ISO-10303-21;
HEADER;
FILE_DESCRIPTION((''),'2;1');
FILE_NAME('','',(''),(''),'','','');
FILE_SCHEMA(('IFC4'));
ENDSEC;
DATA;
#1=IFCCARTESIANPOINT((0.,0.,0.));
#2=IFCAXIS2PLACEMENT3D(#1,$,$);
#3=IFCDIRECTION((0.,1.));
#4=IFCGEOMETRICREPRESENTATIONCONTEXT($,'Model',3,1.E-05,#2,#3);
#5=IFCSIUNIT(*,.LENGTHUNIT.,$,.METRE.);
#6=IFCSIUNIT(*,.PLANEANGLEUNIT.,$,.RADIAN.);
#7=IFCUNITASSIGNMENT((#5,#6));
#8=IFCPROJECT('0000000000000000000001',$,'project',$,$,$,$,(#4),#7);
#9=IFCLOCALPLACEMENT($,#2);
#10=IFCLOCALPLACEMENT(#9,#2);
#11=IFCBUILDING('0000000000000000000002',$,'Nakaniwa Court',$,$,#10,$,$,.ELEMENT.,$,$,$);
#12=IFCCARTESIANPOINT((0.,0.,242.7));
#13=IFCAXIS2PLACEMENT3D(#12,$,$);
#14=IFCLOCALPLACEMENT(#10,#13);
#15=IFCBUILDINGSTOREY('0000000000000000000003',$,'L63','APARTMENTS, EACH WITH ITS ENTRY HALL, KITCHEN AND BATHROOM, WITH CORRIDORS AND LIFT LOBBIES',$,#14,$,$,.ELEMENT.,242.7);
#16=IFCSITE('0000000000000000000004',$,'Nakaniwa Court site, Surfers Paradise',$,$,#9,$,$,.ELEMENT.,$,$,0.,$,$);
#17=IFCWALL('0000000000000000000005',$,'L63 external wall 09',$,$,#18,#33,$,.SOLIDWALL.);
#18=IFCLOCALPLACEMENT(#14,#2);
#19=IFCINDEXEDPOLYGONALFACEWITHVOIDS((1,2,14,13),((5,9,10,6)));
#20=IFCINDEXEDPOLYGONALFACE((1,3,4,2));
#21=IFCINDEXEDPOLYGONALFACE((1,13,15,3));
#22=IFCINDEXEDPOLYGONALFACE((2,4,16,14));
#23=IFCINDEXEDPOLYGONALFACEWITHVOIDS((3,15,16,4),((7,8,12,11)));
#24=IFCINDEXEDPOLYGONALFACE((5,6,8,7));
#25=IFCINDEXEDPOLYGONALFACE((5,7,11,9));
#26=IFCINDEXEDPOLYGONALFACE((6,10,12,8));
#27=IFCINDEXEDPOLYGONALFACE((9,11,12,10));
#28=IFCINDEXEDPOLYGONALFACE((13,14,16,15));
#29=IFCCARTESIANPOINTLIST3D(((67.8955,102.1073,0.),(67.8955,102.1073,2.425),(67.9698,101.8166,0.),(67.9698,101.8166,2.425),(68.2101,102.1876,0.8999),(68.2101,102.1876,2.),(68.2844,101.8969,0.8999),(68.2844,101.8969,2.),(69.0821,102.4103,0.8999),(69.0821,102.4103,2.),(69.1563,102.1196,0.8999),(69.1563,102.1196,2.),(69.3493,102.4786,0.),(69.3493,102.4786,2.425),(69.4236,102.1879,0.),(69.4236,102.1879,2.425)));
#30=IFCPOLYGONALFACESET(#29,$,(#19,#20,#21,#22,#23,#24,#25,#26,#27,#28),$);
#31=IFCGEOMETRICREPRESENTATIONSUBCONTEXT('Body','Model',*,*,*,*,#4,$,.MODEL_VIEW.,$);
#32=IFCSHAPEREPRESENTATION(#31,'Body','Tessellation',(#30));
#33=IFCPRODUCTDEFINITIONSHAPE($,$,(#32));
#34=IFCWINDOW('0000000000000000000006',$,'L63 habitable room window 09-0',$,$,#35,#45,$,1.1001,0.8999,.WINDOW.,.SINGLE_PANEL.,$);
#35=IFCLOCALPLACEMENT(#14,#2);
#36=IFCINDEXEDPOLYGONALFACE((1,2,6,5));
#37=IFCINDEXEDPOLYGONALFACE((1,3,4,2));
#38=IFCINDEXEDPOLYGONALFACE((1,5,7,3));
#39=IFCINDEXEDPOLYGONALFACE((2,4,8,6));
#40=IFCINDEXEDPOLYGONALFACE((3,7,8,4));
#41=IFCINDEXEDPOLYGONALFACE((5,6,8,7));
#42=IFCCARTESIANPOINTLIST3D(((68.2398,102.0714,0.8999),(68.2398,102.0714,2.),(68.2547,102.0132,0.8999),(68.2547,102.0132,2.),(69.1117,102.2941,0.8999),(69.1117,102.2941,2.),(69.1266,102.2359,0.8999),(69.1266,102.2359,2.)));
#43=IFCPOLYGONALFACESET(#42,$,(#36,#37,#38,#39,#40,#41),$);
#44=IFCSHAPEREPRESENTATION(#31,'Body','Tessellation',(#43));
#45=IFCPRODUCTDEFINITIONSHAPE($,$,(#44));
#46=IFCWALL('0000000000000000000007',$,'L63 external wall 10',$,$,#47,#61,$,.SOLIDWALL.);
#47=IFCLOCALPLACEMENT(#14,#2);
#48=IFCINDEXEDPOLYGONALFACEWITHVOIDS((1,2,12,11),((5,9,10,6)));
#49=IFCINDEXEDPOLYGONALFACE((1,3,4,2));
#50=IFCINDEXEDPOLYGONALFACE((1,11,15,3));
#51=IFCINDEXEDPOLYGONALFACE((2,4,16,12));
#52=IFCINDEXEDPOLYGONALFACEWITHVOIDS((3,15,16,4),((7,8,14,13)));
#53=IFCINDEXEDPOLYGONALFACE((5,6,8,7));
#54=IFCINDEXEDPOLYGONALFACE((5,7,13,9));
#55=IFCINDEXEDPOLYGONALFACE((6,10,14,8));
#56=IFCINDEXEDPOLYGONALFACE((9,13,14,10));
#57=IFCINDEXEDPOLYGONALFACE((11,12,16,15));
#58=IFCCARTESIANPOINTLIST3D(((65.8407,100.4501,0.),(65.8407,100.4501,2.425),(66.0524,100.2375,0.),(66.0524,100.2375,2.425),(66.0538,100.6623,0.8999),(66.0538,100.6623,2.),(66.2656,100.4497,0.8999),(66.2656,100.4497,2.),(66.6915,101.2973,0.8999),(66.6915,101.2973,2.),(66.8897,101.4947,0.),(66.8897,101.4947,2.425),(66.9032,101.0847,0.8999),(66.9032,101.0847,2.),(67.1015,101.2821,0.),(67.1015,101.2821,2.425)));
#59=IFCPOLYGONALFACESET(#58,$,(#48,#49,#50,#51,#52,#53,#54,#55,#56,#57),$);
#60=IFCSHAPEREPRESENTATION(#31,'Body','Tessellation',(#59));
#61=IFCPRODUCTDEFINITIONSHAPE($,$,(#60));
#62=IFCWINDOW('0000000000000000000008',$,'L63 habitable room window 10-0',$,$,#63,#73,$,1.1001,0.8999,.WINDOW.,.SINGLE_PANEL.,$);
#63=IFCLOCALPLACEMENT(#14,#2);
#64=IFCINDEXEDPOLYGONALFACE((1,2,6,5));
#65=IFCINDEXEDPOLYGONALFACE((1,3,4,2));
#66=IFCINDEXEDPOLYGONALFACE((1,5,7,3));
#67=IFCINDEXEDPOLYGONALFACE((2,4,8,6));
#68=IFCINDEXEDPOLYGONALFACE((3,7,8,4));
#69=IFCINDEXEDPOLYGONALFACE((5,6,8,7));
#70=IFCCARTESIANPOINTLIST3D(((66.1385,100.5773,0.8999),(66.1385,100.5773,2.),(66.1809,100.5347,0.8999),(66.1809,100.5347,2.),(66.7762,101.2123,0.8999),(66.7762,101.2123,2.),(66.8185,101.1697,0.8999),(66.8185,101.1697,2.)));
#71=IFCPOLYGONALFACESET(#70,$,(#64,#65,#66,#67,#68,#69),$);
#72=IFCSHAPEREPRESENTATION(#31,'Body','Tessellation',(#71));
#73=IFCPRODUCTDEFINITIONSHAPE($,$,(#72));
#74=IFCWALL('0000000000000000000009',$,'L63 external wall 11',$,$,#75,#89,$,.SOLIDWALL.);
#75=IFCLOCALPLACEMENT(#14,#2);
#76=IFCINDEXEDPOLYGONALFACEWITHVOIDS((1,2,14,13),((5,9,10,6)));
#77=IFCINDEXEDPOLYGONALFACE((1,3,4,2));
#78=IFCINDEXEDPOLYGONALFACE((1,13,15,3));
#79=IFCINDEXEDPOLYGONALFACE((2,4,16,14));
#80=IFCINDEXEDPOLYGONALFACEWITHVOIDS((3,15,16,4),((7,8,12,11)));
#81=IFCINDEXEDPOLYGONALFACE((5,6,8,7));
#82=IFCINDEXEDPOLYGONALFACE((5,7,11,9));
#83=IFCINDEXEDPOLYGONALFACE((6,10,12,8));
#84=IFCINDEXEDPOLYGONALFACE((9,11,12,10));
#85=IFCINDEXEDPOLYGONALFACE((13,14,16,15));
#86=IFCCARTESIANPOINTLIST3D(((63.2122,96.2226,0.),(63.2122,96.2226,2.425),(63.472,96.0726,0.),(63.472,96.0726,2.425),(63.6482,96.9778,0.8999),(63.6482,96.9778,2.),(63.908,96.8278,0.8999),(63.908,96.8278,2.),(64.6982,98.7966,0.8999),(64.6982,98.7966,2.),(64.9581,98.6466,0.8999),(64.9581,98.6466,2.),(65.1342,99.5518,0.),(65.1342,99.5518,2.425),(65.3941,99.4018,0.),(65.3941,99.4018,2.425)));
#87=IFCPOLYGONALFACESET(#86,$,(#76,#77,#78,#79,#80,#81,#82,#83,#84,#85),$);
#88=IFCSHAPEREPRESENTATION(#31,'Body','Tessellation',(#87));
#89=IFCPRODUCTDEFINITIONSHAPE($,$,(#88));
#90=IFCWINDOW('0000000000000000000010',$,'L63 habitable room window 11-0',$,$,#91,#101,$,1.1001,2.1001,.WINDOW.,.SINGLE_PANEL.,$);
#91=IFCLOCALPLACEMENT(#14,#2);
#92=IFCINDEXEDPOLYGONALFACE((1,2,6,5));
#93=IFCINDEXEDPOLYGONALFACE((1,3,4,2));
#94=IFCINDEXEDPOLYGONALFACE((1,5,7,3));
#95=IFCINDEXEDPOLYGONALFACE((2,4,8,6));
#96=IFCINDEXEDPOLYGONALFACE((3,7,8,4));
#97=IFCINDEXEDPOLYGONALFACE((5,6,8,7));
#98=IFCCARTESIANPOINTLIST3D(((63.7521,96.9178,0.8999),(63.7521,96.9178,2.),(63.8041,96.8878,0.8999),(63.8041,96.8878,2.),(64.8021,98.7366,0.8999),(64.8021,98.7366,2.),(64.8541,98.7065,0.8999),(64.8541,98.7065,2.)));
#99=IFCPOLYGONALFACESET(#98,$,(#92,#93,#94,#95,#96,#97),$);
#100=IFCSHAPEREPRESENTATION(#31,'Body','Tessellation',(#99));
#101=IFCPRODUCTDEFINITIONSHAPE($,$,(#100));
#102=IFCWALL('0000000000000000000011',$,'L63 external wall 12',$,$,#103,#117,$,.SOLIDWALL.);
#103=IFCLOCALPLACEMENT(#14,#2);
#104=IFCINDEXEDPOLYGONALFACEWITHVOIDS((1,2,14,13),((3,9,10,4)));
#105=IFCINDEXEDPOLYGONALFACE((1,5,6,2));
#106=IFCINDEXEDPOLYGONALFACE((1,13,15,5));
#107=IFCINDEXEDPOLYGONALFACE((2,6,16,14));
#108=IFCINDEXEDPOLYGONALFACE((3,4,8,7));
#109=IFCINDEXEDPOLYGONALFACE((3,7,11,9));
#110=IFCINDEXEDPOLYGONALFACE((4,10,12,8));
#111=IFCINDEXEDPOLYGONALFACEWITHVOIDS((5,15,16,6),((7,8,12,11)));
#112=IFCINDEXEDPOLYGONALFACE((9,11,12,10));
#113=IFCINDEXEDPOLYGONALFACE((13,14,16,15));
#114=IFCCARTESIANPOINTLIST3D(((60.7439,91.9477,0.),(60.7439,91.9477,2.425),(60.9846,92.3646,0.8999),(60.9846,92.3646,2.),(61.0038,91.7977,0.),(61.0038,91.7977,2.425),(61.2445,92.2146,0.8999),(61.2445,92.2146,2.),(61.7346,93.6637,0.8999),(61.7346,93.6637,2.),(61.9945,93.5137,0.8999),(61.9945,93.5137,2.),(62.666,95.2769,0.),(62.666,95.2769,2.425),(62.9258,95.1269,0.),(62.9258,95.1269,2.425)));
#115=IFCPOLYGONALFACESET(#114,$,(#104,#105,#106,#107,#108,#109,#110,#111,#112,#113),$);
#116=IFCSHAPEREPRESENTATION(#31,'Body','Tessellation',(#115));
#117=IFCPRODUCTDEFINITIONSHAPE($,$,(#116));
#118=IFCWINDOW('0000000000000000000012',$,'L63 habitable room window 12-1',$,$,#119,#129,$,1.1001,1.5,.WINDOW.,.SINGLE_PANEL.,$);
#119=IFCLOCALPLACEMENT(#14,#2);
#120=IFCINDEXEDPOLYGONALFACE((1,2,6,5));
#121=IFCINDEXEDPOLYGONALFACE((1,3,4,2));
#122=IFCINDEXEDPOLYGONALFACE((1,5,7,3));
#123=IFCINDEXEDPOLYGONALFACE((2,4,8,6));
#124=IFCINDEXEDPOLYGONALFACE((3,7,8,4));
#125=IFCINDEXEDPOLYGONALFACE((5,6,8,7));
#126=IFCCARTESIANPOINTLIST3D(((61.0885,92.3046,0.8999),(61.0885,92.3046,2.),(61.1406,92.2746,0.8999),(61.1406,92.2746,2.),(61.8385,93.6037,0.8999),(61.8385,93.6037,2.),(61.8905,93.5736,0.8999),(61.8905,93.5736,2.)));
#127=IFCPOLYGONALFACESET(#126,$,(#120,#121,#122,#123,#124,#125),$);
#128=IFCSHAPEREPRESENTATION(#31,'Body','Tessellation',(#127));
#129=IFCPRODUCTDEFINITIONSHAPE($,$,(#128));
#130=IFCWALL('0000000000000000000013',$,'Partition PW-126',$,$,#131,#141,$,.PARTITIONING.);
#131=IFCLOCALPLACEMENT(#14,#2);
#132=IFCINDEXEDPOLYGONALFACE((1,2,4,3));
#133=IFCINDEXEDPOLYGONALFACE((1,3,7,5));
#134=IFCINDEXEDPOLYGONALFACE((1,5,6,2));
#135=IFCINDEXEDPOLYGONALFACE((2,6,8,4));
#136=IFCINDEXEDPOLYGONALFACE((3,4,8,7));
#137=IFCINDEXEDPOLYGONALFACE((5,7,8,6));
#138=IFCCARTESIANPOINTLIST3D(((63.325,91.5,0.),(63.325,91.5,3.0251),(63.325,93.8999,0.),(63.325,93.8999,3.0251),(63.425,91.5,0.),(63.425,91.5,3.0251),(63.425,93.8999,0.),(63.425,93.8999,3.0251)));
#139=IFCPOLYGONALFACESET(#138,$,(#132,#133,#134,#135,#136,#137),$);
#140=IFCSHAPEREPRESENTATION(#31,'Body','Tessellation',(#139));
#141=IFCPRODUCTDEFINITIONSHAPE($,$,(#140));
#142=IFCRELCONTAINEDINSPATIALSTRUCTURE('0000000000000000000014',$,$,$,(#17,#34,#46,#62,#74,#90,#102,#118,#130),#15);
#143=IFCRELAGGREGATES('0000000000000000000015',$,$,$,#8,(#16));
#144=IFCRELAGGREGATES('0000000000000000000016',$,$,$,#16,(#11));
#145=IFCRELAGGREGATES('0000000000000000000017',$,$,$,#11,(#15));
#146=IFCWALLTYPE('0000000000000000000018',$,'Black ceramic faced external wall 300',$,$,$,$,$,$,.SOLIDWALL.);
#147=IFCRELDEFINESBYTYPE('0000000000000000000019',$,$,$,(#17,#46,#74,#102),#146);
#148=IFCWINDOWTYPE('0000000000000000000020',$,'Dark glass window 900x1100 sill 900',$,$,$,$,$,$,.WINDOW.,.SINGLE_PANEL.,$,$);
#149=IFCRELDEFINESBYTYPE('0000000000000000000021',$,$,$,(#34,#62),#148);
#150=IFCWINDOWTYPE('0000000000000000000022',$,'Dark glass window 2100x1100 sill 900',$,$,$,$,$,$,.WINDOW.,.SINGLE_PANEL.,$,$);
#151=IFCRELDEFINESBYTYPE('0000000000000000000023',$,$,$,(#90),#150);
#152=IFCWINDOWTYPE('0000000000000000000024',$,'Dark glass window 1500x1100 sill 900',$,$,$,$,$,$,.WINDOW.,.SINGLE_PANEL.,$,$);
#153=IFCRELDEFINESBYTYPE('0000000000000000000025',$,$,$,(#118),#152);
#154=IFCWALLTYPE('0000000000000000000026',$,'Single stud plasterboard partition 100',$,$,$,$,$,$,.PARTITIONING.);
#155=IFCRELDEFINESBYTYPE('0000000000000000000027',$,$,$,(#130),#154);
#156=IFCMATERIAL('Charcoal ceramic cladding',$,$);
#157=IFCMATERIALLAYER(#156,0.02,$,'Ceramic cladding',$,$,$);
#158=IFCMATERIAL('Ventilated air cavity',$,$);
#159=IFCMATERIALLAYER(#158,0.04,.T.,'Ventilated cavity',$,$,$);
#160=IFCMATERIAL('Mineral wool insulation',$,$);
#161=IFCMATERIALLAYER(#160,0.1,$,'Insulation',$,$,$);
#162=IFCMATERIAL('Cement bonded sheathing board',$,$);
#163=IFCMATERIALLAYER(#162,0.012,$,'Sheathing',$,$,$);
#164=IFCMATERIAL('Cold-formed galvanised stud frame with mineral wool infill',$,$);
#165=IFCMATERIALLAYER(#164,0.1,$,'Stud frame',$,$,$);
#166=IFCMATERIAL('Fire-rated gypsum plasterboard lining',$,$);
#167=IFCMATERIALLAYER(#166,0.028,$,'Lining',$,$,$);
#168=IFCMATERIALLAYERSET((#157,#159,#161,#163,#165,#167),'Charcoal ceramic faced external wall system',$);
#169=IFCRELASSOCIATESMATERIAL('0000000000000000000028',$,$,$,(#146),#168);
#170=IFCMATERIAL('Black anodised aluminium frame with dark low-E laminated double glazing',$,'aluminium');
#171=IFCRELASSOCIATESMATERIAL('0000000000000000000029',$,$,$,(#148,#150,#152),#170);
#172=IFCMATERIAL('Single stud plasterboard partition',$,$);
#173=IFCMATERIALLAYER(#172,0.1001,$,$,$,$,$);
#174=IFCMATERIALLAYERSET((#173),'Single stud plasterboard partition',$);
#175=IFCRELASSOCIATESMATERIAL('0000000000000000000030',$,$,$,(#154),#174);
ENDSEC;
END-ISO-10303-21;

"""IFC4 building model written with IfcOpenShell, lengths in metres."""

from ifc_helpers import new_model, si_unit, direction, frame, frame_2d, origin, place, context, subcontext, project, spatial, rectangle, extrude, material, layer, layer_set, type_object, element, fill, save


model = new_model("IFC4")

# Units and contexts
model_context = context("Model", 3, precision=1e-05, world=origin(), true_north=direction((0.0, 1.0)))
body_context = subcontext(model_context, "Body", "Model", "MODEL_VIEW")
ifc_project = project(units=[si_unit("LENGTHUNIT", "METRE"), si_unit("PLANEANGLEUNIT", "RADIAN")], contexts=[model_context])

# Site, building, storey
site_placement = place(None, origin())
site = spatial("IfcSite", under=ifc_project, at=site_placement, Name="Nakaniwa Court site, Surfers Paradise", CompositionType="ELEMENT", RefElevation=0.0)
building_placement = place(site_placement, origin())
building = spatial("IfcBuilding", under=site, at=building_placement, Name="Nakaniwa Court", CompositionType="ELEMENT")
storey_placement = place(building_placement, frame((0.0, 0.0, 242.7)))
storey = spatial("IfcBuildingStorey", under=building, at=storey_placement, Name="L63", Description="APARTMENTS, EACH WITH ITS ENTRY HALL, KITCHEN AND BATHROOM, WITH CORRIDORS AND LIFT LOBBIES", CompositionType="ELEMENT", Elevation=242.7)

# Walls, openings, windows
ifc_material_1 = material(Name="Charcoal ceramic cladding")
ifc_layer_1 = layer(ifc_material_1, 0.02, Name="Ceramic cladding")
ifc_material_2 = material(Name="Ventilated air cavity")
ifc_layer_2 = layer(ifc_material_2, 0.04, ventilated=True, Name="Ventilated cavity")
ifc_material_3 = material(Name="Mineral wool insulation")
ifc_layer_3 = layer(ifc_material_3, 0.1, Name="Insulation")
ifc_material_4 = material(Name="Cement bonded sheathing board")
ifc_layer_4 = layer(ifc_material_4, 0.012, Name="Sheathing")
ifc_material_5 = material(Name="Cold-formed galvanised stud frame with mineral wool infill")
ifc_layer_5 = layer(ifc_material_5, 0.1, Name="Stud frame")
ifc_material_6 = material(Name="Fire-rated gypsum plasterboard lining")
ifc_layer_6 = layer(ifc_material_6, 0.028, Name="Lining")
ifc_layer_set_1 = layer_set([ifc_layer_1, ifc_layer_2, ifc_layer_3, ifc_layer_4, ifc_layer_5, ifc_layer_6], Name="Charcoal ceramic faced external wall system")
wall_type_1 = type_object("IfcWallType", Name="Black ceramic faced external wall 300", PredefinedType="SOLIDWALL", material=ifc_layer_set_1)
wall_1_placement = place(storey_placement, frame((69.3865, 102.3333, 0.0), z_axis=(0.0, 0.0, 1.0), x_axis=(-0.968895, -0.247471, 0.0)))
wall_1 = element("IfcWall", 1, at=wall_1_placement, inside=storey, type_object=wall_type_1, Name="L63 external wall 09", PredefinedType="SOLIDWALL", context=body_context, shape_type="SweptSolid", body=[
    extrude(rectangle(XDim=1.5005, YDim=0.3, at=frame_2d((0.7502, 0.0))), origin(), (0.0, 0.0, 1.0), 2.425),
])
opening_1_placement = place(wall_1_placement, frame((0.2759, 0.0, 0.8999)))
opening_1 = element("IfcOpeningElement", 2, at=opening_1_placement, cuts=wall_1, PredefinedType="OPENING", context=body_context, shape_type="SweptSolid", body=[
    extrude(rectangle(XDim=0.8999, YDim=1.1001, at=frame_2d((0.45, 0.55))), frame((0.0, 0.1599, 0.0), z_axis=(0.0, -1.0, 0.0), x_axis=(1.0, 0.0, 0.0)), (0.0, 0.0, 1.0), 0.3201),
])
ifc_material_7 = material(Name="Black anodised aluminium frame with dark low-E laminated double glazing", Category="aluminium")
window_type_1 = type_object("IfcWindowType", Name="Dark glass window 900x1100 sill 900", PartitioningType="SINGLE_PANEL", PredefinedType="WINDOW", material=ifc_material_7)
window_1_placement = place(opening_1_placement, origin())
window_1 = element("IfcWindow", 3, at=window_1_placement, inside=storey, type_object=window_type_1, Name="L63 habitable room window 09-0", OverallHeight=1.1001, OverallWidth=0.8999, PartitioningType="SINGLE_PANEL", PredefinedType="WINDOW", context=body_context, shape_type="SweptSolid", body=[
    extrude(rectangle(XDim=0.8999, YDim=1.1001, at=frame_2d((0.45, 0.55))), frame((0.0, 0.03, 0.0), z_axis=(0.0, -1.0, 0.0), x_axis=(1.0, 0.0, 0.0)), (0.0, 0.0, 1.0), 0.0601),
])
fill(opening_1, window_1)
wall_2_placement = place(storey_placement, frame((66.9956, 101.3884, 0.0), z_axis=(0.0, 0.0, 1.0), x_axis=(-0.708589, -0.705621, 0.0)))
wall_2 = element("IfcWall", 4, at=wall_2_placement, inside=storey, type_object=wall_type_1, Name="L63 external wall 10", PredefinedType="SOLIDWALL", context=body_context, shape_type="SweptSolid", body=[
    extrude(rectangle(XDim=1.4805, YDim=0.3, at=frame_2d((0.7402, 0.0))), origin(), (0.0, 0.0, 1.0), 2.425),
])
opening_2_placement = place(wall_2_placement, frame((0.2798, 0.0, 0.8999)))
opening_2 = element("IfcOpeningElement", 5, at=opening_2_placement, cuts=wall_2, PredefinedType="OPENING", context=body_context, shape_type="SweptSolid", body=[
    extrude(rectangle(XDim=0.8999, YDim=1.1001, at=frame_2d((0.45, 0.55))), frame((0.0, 0.1599, 0.0), z_axis=(0.0, -1.0, 0.0), x_axis=(1.0, 0.0, 0.0)), (0.0, 0.0, 1.0), 0.3201),
])
window_2_placement = place(opening_2_placement, origin())
window_2 = element("IfcWindow", 6, at=window_2_placement, inside=storey, type_object=window_type_1, Name="L63 habitable room window 10-0", OverallHeight=1.1001, OverallWidth=0.8999, PartitioningType="SINGLE_PANEL", PredefinedType="WINDOW", context=body_context, shape_type="SweptSolid", body=[
    extrude(rectangle(XDim=0.8999, YDim=1.1001, at=frame_2d((0.45, 0.55))), frame((0.0, 0.03, 0.0), z_axis=(0.0, -1.0, 0.0), x_axis=(1.0, 0.0, 0.0)), (0.0, 0.0, 1.0), 0.0601),
])
fill(opening_2, window_2)
wall_3_placement = place(storey_placement, frame((65.2642, 99.4768, 0.0), z_axis=(0.0, 0.0, 1.0), x_axis=(-0.499984, -0.866034, 0.0)))
wall_3 = element("IfcWall", 7, at=wall_3_placement, inside=storey, type_object=wall_type_1, Name="L63 external wall 11", PredefinedType="SOLIDWALL", context=body_context, shape_type="SweptSolid", body=[
    extrude(rectangle(XDim=3.8442, YDim=0.3, at=frame_2d((1.9221, 0.0))), origin(), (0.0, 0.0, 1.0), 2.425),
])
opening_3_placement = place(wall_3_placement, frame((0.8721, 0.0, 0.8999)))
opening_3 = element("IfcOpeningElement", 8, at=opening_3_placement, cuts=wall_3, PredefinedType="OPENING", context=body_context, shape_type="SweptSolid", body=[
    extrude(rectangle(XDim=2.1001, YDim=1.1001, at=frame_2d((1.05, 0.55))), frame((0.0, 0.1599, 0.0), z_axis=(0.0, -1.0, 0.0), x_axis=(1.0, 0.0, 0.0)), (0.0, 0.0, 1.0), 0.3201),
])
window_type_2 = type_object("IfcWindowType", Name="Dark glass window 2100x1100 sill 900", PartitioningType="SINGLE_PANEL", PredefinedType="WINDOW", material=ifc_material_7)
window_3_placement = place(opening_3_placement, origin())
window_3 = element("IfcWindow", 9, at=window_3_placement, inside=storey, type_object=window_type_2, Name="L63 habitable room window 11-0", OverallHeight=1.1001, OverallWidth=2.1001, PartitioningType="SINGLE_PANEL", PredefinedType="WINDOW", context=body_context, shape_type="SweptSolid", body=[
    extrude(rectangle(XDim=2.1001, YDim=1.1001, at=frame_2d((1.05, 0.55))), frame((0.0, 0.03, 0.0), z_axis=(0.0, -1.0, 0.0), x_axis=(1.0, 0.0, 0.0)), (0.0, 0.0, 1.0), 0.0601),
])
fill(opening_3, window_3)
wall_4_placement = place(storey_placement, frame((62.7959, 95.2019, 0.0), z_axis=(0.0, 0.0, 1.0), x_axis=(-0.499984, -0.866034, 0.0)))
wall_4 = element("IfcWall", 10, at=wall_4_placement, inside=storey, type_object=wall_type_1, Name="L63 external wall 12", PredefinedType="SOLIDWALL", context=body_context, shape_type="SweptSolid", body=[
    extrude(rectangle(XDim=3.8442, YDim=0.3, at=frame_2d((1.9221, 0.0))), origin(), (0.0, 0.0, 1.0), 2.425),
])
opening_4_placement = place(wall_4_placement, frame((1.8628, 0.0, 0.8999)))
opening_4 = element("IfcOpeningElement", 11, at=opening_4_placement, cuts=wall_4, PredefinedType="OPENING", context=body_context, shape_type="SweptSolid", body=[
    extrude(rectangle(XDim=1.5, YDim=1.1001, at=frame_2d((0.75, 0.55))), frame((0.0, 0.1599, 0.0), z_axis=(0.0, -1.0, 0.0), x_axis=(1.0, 0.0, 0.0)), (0.0, 0.0, 1.0), 0.3201),
])
window_type_3 = type_object("IfcWindowType", Name="Dark glass window 1500x1100 sill 900", PartitioningType="SINGLE_PANEL", PredefinedType="WINDOW", material=ifc_material_7)
window_4_placement = place(opening_4_placement, origin())
window_4 = element("IfcWindow", 12, at=window_4_placement, inside=storey, type_object=window_type_3, Name="L63 habitable room window 12-1", OverallHeight=1.1001, OverallWidth=1.5, PartitioningType="SINGLE_PANEL", PredefinedType="WINDOW", context=body_context, shape_type="SweptSolid", body=[
    extrude(rectangle(XDim=1.5, YDim=1.1001, at=frame_2d((0.75, 0.55))), frame((0.0, 0.03, 0.0), z_axis=(0.0, -1.0, 0.0), x_axis=(1.0, 0.0, 0.0)), (0.0, 0.0, 1.0), 0.0601),
])
fill(opening_4, window_4)

# Wall
ifc_material_8 = material(Name="Single stud plasterboard partition")
ifc_layer_7 = layer(ifc_material_8, 0.1001)
ifc_layer_set_2 = layer_set([ifc_layer_7], Name="Single stud plasterboard partition")
wall_type_2 = type_object("IfcWallType", Name="Single stud plasterboard partition 100", PredefinedType="PARTITIONING", material=ifc_layer_set_2)
wall_5_placement = place(storey_placement, frame((63.375, 91.5, 0.0), z_axis=(0.0, 0.0, 1.0), x_axis=(0.0, 1.0, 0.0)))
element("IfcWall", 13, at=wall_5_placement, inside=storey, type_object=wall_type_2, Name="Partition PW-126", PredefinedType="PARTITIONING", context=body_context, shape_type="SweptSolid", body=[
    extrude(rectangle(XDim=2.3999, YDim=0.1001, at=frame_2d((1.2, 0.0))), origin(), (0.0, 0.0, 1.0), 3.0251),
])

save(model, "model.ifc")
